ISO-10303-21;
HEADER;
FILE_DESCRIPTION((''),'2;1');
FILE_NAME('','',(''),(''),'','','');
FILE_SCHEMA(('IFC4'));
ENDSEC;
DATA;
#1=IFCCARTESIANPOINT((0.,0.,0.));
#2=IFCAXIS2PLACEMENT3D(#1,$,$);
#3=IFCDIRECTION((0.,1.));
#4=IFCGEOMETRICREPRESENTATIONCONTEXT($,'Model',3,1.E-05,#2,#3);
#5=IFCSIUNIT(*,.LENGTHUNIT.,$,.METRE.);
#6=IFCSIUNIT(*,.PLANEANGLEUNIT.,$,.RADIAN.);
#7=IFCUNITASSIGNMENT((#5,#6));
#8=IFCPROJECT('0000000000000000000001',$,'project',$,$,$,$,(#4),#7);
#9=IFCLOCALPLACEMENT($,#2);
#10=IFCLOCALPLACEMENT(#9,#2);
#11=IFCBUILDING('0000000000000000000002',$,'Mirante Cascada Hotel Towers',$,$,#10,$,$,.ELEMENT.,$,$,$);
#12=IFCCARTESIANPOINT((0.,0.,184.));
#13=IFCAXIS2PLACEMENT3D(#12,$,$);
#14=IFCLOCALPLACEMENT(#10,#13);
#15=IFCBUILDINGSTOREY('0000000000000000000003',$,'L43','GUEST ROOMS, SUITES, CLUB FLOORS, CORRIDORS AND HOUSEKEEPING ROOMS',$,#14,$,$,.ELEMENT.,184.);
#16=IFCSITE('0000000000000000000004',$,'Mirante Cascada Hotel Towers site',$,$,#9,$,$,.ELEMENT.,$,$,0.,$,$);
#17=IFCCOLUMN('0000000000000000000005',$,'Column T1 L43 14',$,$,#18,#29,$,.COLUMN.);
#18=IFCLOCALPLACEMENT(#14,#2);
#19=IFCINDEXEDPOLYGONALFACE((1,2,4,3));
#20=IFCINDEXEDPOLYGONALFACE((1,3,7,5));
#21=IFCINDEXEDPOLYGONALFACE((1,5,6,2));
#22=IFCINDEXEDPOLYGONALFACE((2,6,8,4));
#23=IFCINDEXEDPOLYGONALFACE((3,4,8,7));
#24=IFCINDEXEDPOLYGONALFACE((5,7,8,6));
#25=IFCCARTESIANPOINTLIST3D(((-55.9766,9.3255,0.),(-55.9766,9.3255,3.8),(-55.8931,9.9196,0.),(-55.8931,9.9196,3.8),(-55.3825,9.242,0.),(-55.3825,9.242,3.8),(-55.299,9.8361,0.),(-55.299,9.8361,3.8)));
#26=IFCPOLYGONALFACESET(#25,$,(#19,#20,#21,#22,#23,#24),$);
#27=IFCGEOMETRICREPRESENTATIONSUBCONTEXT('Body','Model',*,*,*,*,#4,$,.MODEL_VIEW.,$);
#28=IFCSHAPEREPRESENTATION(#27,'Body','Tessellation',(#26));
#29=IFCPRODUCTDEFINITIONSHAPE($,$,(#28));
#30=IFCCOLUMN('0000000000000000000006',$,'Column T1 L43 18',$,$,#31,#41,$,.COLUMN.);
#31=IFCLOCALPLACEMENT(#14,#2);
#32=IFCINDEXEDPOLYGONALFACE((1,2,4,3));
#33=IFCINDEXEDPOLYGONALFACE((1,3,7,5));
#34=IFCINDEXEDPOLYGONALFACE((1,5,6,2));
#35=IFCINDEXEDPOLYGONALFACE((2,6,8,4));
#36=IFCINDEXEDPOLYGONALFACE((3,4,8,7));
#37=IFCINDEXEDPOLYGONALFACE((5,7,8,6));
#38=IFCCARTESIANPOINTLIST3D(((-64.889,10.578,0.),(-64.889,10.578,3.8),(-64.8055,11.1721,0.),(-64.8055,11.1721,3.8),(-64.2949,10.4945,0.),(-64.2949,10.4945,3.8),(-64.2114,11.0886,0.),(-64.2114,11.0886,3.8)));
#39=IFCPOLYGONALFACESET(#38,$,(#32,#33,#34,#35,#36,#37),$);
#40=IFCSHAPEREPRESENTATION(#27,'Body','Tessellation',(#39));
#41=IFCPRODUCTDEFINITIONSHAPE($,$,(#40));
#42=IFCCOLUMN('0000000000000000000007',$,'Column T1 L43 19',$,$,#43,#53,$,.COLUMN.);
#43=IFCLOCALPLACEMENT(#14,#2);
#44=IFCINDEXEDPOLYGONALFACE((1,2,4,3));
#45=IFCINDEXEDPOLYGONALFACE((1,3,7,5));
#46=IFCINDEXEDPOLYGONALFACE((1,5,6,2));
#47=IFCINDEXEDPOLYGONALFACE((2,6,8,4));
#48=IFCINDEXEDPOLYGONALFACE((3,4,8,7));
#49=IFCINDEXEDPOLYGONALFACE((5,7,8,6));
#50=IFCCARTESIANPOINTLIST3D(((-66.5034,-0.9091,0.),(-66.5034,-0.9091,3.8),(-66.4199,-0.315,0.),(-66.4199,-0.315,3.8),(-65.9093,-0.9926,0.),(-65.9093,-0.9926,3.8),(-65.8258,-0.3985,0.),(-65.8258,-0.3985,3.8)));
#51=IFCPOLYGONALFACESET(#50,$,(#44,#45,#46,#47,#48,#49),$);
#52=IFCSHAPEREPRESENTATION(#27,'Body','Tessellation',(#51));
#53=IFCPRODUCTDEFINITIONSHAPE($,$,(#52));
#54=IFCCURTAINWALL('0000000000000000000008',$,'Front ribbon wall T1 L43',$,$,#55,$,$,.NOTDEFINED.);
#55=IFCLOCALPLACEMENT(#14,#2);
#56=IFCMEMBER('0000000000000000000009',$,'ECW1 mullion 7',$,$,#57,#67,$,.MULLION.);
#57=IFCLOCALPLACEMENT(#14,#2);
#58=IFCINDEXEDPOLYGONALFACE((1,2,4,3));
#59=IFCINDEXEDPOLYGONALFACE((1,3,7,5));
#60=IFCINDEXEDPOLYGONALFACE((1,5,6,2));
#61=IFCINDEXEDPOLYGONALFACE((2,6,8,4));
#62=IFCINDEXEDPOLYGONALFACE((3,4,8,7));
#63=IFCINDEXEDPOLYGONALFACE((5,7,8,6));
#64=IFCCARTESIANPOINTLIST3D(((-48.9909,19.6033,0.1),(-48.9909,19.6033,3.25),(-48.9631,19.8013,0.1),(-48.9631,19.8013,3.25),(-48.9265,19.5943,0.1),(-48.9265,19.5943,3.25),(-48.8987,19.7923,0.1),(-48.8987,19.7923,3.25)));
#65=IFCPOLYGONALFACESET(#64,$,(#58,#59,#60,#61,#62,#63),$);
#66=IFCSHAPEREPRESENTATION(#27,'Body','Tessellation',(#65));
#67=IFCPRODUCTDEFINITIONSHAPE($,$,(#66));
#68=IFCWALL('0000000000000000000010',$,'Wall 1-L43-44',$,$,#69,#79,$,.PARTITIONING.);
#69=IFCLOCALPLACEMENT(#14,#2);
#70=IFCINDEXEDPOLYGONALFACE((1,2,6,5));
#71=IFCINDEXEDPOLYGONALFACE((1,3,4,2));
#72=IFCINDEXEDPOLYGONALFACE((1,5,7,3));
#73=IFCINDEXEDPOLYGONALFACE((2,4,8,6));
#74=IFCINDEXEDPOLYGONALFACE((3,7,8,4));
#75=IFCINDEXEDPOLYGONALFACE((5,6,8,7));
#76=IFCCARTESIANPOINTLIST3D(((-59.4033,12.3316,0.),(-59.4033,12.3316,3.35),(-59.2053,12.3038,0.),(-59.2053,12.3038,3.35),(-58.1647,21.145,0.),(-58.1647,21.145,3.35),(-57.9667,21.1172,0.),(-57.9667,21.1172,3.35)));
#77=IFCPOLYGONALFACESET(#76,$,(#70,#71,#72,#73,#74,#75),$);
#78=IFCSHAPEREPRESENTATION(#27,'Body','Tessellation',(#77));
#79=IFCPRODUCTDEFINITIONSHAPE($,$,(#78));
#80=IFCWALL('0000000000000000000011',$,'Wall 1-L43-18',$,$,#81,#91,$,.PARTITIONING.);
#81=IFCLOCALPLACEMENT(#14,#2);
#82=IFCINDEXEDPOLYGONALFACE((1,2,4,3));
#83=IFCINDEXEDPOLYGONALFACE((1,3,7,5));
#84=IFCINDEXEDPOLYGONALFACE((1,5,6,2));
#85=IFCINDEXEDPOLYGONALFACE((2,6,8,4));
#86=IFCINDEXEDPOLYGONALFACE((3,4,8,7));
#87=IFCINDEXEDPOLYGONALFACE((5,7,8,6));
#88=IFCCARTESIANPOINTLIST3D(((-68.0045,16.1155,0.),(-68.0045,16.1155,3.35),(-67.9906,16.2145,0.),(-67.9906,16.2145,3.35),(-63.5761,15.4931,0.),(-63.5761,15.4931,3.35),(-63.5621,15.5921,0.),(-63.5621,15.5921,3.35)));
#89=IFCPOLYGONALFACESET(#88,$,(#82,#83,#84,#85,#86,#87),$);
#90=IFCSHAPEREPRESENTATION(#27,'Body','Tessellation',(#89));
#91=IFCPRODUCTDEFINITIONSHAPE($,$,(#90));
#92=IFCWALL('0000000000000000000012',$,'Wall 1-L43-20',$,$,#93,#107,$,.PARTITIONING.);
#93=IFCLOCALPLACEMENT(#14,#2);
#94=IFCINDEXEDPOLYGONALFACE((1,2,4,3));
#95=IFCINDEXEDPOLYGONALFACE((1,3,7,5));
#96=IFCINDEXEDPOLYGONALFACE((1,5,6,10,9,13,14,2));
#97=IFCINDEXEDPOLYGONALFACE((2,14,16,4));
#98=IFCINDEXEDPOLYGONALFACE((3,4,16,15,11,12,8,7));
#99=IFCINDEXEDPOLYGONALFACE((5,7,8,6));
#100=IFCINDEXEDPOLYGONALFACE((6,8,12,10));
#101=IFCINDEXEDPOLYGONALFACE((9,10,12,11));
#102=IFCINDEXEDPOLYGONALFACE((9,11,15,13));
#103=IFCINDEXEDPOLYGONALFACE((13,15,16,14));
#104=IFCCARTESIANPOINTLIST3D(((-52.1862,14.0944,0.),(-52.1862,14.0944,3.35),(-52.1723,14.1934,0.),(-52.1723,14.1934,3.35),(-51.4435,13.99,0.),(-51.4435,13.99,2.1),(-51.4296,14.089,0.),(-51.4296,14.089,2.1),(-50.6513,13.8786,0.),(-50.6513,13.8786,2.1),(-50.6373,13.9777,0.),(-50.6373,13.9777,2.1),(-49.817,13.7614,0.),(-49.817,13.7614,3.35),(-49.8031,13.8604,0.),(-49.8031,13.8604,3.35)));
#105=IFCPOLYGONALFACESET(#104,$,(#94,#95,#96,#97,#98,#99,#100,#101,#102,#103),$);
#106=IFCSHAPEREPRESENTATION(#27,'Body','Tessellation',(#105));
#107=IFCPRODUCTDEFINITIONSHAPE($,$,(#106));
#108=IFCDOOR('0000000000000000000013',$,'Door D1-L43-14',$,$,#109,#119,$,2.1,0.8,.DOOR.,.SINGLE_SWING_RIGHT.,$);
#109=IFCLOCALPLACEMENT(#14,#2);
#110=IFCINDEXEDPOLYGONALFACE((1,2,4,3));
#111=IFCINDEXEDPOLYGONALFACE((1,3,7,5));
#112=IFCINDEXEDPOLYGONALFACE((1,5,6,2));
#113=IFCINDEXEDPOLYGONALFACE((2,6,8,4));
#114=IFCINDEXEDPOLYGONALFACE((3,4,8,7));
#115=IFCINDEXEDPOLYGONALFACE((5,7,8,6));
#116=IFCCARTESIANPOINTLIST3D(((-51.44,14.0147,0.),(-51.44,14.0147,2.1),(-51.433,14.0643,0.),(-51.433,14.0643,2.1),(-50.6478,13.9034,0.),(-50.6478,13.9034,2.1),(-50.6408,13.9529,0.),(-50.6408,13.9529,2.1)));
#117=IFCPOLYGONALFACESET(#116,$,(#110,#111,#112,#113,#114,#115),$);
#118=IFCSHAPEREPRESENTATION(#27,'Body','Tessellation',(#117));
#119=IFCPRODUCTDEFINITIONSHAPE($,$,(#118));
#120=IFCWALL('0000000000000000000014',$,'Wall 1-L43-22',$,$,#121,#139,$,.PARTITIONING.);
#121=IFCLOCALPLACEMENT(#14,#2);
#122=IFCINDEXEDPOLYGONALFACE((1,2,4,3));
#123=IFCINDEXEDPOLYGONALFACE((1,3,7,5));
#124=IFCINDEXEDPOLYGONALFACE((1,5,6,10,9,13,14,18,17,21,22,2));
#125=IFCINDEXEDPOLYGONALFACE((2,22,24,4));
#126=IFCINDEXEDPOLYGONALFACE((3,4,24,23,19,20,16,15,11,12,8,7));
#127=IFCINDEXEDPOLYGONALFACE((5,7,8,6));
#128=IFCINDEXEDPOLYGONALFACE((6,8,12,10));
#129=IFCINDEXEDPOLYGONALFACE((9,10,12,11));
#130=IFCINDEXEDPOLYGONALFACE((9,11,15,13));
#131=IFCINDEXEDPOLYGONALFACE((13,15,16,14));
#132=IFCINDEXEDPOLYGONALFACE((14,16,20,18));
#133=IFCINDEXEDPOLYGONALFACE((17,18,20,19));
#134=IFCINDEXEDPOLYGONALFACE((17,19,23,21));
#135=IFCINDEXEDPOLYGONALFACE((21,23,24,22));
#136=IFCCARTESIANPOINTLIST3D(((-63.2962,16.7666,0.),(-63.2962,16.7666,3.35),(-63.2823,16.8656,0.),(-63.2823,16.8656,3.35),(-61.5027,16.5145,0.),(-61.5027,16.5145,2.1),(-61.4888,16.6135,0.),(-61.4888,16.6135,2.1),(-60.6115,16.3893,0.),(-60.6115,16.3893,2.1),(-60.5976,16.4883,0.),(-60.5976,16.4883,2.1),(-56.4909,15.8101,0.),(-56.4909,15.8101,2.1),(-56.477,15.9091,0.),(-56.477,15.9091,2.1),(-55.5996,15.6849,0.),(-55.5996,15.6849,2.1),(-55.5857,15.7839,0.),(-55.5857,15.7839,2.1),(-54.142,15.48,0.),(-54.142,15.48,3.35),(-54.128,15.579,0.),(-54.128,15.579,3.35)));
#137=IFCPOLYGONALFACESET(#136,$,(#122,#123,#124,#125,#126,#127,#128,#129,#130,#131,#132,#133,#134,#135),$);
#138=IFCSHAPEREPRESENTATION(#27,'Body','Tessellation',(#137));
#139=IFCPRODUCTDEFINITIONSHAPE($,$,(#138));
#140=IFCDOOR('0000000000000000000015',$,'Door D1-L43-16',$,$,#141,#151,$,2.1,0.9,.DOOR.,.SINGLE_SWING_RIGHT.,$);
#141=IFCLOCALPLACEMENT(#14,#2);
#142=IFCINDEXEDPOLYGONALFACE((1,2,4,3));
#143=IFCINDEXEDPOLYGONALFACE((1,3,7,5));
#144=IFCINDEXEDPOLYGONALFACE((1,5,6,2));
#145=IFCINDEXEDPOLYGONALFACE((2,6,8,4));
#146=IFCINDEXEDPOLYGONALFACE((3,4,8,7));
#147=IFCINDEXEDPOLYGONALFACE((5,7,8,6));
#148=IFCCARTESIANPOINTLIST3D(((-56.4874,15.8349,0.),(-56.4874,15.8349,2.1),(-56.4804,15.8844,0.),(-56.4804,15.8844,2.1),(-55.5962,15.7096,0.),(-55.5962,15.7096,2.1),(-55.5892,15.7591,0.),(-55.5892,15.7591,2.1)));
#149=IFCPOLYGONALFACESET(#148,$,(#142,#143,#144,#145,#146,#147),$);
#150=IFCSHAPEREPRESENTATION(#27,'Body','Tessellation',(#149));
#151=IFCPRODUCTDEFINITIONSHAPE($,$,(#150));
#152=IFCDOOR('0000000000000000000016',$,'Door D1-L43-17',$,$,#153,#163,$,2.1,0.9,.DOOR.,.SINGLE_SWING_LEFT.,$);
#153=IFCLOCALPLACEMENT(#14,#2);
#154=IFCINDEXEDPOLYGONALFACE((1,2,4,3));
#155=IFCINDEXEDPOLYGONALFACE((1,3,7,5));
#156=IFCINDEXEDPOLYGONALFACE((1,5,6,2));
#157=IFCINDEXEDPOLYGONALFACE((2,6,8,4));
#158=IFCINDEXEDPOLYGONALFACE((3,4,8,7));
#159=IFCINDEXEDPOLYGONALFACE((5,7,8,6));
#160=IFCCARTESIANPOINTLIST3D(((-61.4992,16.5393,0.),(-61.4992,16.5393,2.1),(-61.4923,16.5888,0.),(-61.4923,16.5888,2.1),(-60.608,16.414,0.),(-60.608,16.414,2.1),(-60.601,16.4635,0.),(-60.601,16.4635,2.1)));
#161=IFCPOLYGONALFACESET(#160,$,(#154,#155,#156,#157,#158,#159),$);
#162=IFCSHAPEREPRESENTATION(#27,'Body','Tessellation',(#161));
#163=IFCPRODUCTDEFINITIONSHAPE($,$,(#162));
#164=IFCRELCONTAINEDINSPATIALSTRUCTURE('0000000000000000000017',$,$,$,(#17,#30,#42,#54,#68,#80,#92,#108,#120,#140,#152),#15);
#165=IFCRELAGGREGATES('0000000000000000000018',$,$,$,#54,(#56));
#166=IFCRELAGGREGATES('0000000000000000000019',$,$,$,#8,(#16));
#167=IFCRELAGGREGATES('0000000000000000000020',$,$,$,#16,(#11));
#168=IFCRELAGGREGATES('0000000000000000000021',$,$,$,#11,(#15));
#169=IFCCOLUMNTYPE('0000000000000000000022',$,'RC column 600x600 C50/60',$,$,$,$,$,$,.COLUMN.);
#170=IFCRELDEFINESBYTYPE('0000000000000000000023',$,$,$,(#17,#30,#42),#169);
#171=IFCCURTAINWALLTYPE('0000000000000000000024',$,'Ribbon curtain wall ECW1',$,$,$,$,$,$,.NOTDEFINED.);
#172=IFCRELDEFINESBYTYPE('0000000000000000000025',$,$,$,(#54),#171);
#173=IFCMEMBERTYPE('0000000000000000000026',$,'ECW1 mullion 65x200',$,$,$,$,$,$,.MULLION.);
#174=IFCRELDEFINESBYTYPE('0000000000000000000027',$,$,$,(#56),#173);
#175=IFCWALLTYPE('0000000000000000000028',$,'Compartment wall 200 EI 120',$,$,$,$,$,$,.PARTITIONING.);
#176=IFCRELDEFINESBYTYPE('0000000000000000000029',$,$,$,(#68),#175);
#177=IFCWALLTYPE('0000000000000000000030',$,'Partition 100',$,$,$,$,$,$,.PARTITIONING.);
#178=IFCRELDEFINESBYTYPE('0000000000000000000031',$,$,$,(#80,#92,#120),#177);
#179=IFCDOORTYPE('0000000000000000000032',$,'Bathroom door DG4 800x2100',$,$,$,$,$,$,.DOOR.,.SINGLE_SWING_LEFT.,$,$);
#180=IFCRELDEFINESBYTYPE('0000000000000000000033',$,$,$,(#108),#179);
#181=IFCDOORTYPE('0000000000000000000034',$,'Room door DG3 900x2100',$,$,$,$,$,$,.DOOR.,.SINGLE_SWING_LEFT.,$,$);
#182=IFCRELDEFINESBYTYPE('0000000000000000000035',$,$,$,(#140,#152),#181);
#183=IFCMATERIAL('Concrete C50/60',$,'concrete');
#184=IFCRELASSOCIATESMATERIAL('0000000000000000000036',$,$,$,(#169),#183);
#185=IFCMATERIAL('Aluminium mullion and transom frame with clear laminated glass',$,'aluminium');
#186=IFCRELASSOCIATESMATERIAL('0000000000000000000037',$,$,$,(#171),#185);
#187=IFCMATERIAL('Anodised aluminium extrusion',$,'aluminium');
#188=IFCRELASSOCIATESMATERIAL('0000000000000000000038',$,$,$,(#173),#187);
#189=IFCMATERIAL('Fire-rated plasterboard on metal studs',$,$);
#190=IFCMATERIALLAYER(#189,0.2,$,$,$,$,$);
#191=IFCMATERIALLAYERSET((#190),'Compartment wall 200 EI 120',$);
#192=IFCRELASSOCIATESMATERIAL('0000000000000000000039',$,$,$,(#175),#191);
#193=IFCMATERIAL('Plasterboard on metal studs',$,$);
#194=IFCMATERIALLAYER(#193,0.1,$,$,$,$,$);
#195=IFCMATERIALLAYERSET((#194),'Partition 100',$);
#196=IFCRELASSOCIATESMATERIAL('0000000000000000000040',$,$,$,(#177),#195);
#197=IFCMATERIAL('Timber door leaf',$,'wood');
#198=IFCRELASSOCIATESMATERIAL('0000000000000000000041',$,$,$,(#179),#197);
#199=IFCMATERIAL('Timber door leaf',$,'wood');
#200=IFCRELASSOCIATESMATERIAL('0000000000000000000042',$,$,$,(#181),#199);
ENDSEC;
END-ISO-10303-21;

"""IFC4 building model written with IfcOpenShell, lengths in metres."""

from ifc_helpers import new_model, si_unit, direction, frame, frame_2d, origin, origin_2d, place, context, subcontext, project, spatial, rectangle, extrude, material, layer, layer_set, material_profile, profile_set, type_object, element, fill, aggregate, save


model = new_model("IFC4")

# Units and contexts
model_context = context("Model", 3, precision=1e-05, world=origin(), true_north=direction((0.0, 1.0)))
body_context = subcontext(model_context, "Body", "Model", "MODEL_VIEW")
ifc_project = project(units=[si_unit("LENGTHUNIT", "METRE"), si_unit("PLANEANGLEUNIT", "RADIAN")], contexts=[model_context])

# Site, building, storey
site_placement = place(None, origin())
site = spatial("IfcSite", under=ifc_project, at=site_placement, Name="Mirante Cascada Hotel Towers site", CompositionType="ELEMENT", RefElevation=0.0)
building_placement = place(site_placement, origin())
building = spatial("IfcBuilding", under=site, at=building_placement, Name="Mirante Cascada Hotel Towers", CompositionType="ELEMENT")
storey_placement = place(building_placement, frame((0.0, 0.0, 184.0)))
storey = spatial("IfcBuildingStorey", under=building, at=storey_placement, Name="L43", Description="GUEST ROOMS, SUITES, CLUB FLOORS, CORRIDORS AND HOUSEKEEPING ROOMS", CompositionType="ELEMENT", Elevation=184.0)

# Columns
ifc_material_1 = material(Name="Concrete C50/60", Category="concrete")
ifc_material_profile_1 = material_profile(ifc_material_1, rectangle(XDim=0.6, YDim=0.6, at=origin_2d()), Name="RC column 600x600 C50/60")
ifc_profile_set_1 = profile_set([ifc_material_profile_1], Name="Concrete C50/60")
column_type = type_object("IfcColumnType", Name="RC column 600x600 C50/60", PredefinedType="COLUMN", material=ifc_profile_set_1)
for number, where, z_axis, x_axis, name in (
    (1, (-55.6378, 9.5808, 0.0), (0.0, 0.0, 1.0), (-0.990268, 0.139173, 0.0), "Column T1 L43 14"),
    (2, (-64.5502, 10.8333, 0.0), (0.0, 0.0, 1.0), (-0.990268, 0.139173, 0.0), "Column T1 L43 18"),
    (3, (-66.1646, -0.6538, 0.0), (0.0, 0.0, 1.0), (-0.990268, 0.139173, 0.0), "Column T1 L43 19"),
):
    element("IfcColumn", number, at=place(storey_placement, frame(where, z_axis=z_axis, x_axis=x_axis)), inside=storey, type_object=column_type, Name=name, PredefinedType="COLUMN", context=body_context, shape_type="SweptSolid", body=[
        extrude(rectangle(XDim=0.6, YDim=0.6, at=origin_2d()), origin(), (0.0, 0.0, 1.0), 3.8),
    ])

# Curtain wall, member
ifc_material_2 = material(Name="Aluminium mullion and transom frame with clear laminated glass", Category="aluminium")
curtain_wall_type = type_object("IfcCurtainWallType", Name="Ribbon curtain wall ECW1", PredefinedType="NOTDEFINED", material=ifc_material_2)
curtain_wall_placement = place(storey_placement, origin())
curtain_wall = element("IfcCurtainWall", 4, at=curtain_wall_placement, inside=storey, type_object=curtain_wall_type, Name="Front ribbon wall T1 L43", PredefinedType="NOTDEFINED")
ifc_material_3 = material(Name="Anodised aluminium extrusion", Category="aluminium")
ifc_material_profile_2 = material_profile(ifc_material_3, rectangle(XDim=0.2, YDim=0.065, at=origin_2d()), Name="ECW1 MULLION 65x200")
ifc_profile_set_2 = profile_set([ifc_material_profile_2], Name="Anodised aluminium extrusion")
member_type = type_object("IfcMemberType", Name="ECW1 mullion 65x200", PredefinedType="MULLION", material=ifc_profile_set_2)
member_placement = place(storey_placement, frame((-48.9448, 19.6978, 0.1), z_axis=(0.0, 0.0, 1.0), x_axis=(0.139173, 0.990268, 0.0)))
member = element("IfcMember", 5, at=member_placement, type_object=member_type, Name="ECW1 mullion 7", PredefinedType="MULLION", context=body_context, shape_type="SweptSolid", body=[
    extrude(rectangle(XDim=0.2, YDim=0.065, at=origin_2d()), origin(), (0.0, 0.0, 1.0), 3.15),
])
aggregate(curtain_wall, [member])

# Walls
ifc_material_4 = material(Name="Fire-rated plasterboard on metal studs")
ifc_layer_1 = layer(ifc_material_4, 0.2)
ifc_layer_set_1 = layer_set([ifc_layer_1], Name="Compartment wall 200 EI 120")
wall_type_1 = type_object("IfcWallType", Name="Compartment wall 200 EI 120", PredefinedType="PARTITIONING", material=ifc_layer_set_1)
wall_1_placement = place(storey_placement, frame((-59.3043, 12.3177, 0.0), z_axis=(0.0, 0.0, 1.0), x_axis=(0.139168, 0.990269, 0.0)))
element("IfcWall", 6, at=wall_1_placement, inside=storey, type_object=wall_type_1, Name="Wall 1-L43-44", PredefinedType="PARTITIONING", context=body_context, shape_type="SweptSolid", body=[
    extrude(rectangle(XDim=8.9, YDim=0.2, at=frame_2d((4.45, 0.0))), origin(), (0.0, 0.0, 1.0), 3.35),
])
ifc_material_5 = material(Name="Plasterboard on metal studs")
ifc_layer_2 = layer(ifc_material_5, 0.1)
ifc_layer_set_2 = layer_set([ifc_layer_2], Name="Partition 100")
wall_type_2 = type_object("IfcWallType", Name="Partition 100", PredefinedType="PARTITIONING", material=ifc_layer_set_2)
wall_2_placement = place(storey_placement, frame((-63.5691, 15.5426, 0.0), z_axis=(0.0, 0.0, 1.0), x_axis=(-0.990268, 0.139176, 0.0)))
element("IfcWall", 7, at=wall_2_placement, inside=storey, type_object=wall_type_2, Name="Wall 1-L43-18", PredefinedType="PARTITIONING", context=body_context, shape_type="SweptSolid", body=[
    extrude(rectangle(XDim=4.472, YDim=0.1, at=frame_2d((2.236, 0.0))), origin(), (0.0, 0.0, 1.0), 3.35),
])

# Wall, opening, door
wall_3_placement = place(storey_placement, frame((-49.8101, 13.8109, 0.0), z_axis=(0.0, 0.0, 1.0), x_axis=(-0.990266, 0.139186, 0.0)))
wall_3 = element("IfcWall", 8, at=wall_3_placement, inside=storey, type_object=wall_type_2, Name="Wall 1-L43-20", PredefinedType="PARTITIONING", context=body_context, shape_type="SweptSolid", body=[
    extrude(rectangle(XDim=2.3925, YDim=0.1, at=frame_2d((1.1962, 0.0))), origin(), (0.0, 0.0, 1.0), 3.35),
])
opening_1_placement = place(wall_3_placement, frame((0.8424, 0.0, 0.0)))
opening_1 = element("IfcOpeningElement", 9, at=opening_1_placement, cuts=wall_3, PredefinedType="OPENING", context=body_context, shape_type="SweptSolid", body=[
    extrude(rectangle(XDim=0.8, YDim=2.1, at=frame_2d((0.4, 1.05))), frame((0.0, 0.05, 0.0), z_axis=(0.0, -1.0, 0.0), x_axis=(1.0, 0.0, 0.0)), (0.0, 0.0, 1.0), 0.1),
])
ifc_material_6 = material(Name="Timber door leaf", Category="wood")
door_type_1 = type_object("IfcDoorType", Name="Bathroom door DG4 800x2100", OperationType="SINGLE_SWING_LEFT", PredefinedType="DOOR", material=ifc_material_6)
door_1_placement = place(opening_1_placement, frame((0.8, 0.0, 0.0), z_axis=(0.0, 0.0, 1.0), x_axis=(-1.0, 0.0, 0.0)))
door_1 = element("IfcDoor", 10, at=door_1_placement, inside=storey, type_object=door_type_1, Name="Door D1-L43-14", OperationType="SINGLE_SWING_RIGHT", OverallHeight=2.1, OverallWidth=0.8, PredefinedType="DOOR", context=body_context, shape_type="SweptSolid", body=[
    extrude(rectangle(XDim=0.8, YDim=2.1, at=frame_2d((0.4, 1.05))), frame((0.0, 0.025, 0.0), z_axis=(0.0, -1.0, 0.0), x_axis=(1.0, 0.0, 0.0)), (0.0, 0.0, 1.0), 0.05),
])
fill(opening_1, door_1)

# Wall, openings, doors
wall_4_placement = place(storey_placement, frame((-54.135, 15.5295, 0.0), z_axis=(0.0, 0.0, 1.0), x_axis=(-0.990267, 0.13918, 0.0)))
wall_4 = element("IfcWall", 11, at=wall_4_placement, inside=storey, type_object=wall_type_2, Name="Wall 1-L43-22", PredefinedType="PARTITIONING", context=body_context, shape_type="SweptSolid", body=[
    extrude(rectangle(XDim=9.2442, YDim=0.1, at=frame_2d((4.6221, 0.0))), origin(), (0.0, 0.0, 1.0), 3.35),
])
opening_2_placement = place(wall_4_placement, frame((1.472, 0.0, 0.0)))
opening_2 = element("IfcOpeningElement", 12, at=opening_2_placement, cuts=wall_4, PredefinedType="OPENING", context=body_context, shape_type="SweptSolid", body=[
    extrude(rectangle(XDim=0.9, YDim=2.1, at=frame_2d((0.45, 1.05))), frame((0.0, 0.05, 0.0), z_axis=(0.0, -1.0, 0.0), x_axis=(1.0, 0.0, 0.0)), (0.0, 0.0, 1.0), 0.1),
])
opening_3_placement = place(wall_4_placement, frame((6.5331, 0.0, 0.0)))
opening_3 = element("IfcOpeningElement", 13, at=opening_3_placement, cuts=wall_4, PredefinedType="OPENING", context=body_context, shape_type="SweptSolid", body=[
    extrude(rectangle(XDim=0.9, YDim=2.1, at=frame_2d((0.45, 1.05))), frame((0.0, 0.05, 0.0), z_axis=(0.0, -1.0, 0.0), x_axis=(1.0, 0.0, 0.0)), (0.0, 0.0, 1.0), 0.1),
])
ifc_material_7 = material(Name="Timber door leaf", Category="wood")
door_type_2 = type_object("IfcDoorType", Name="Room door DG3 900x2100", OperationType="SINGLE_SWING_LEFT", PredefinedType="DOOR", material=ifc_material_7)
door_2_placement = place(opening_2_placement, frame((0.9, 0.0, 0.0), z_axis=(0.0, 0.0, 1.0), x_axis=(-1.0, 0.0, 0.0)))
door_2 = element("IfcDoor", 14, at=door_2_placement, inside=storey, type_object=door_type_2, Name="Door D1-L43-16", OperationType="SINGLE_SWING_RIGHT", OverallHeight=2.1, OverallWidth=0.9, PredefinedType="DOOR", context=body_context, shape_type="SweptSolid", body=[
    extrude(rectangle(XDim=0.9, YDim=2.1, at=frame_2d((0.45, 1.05))), frame((0.0, 0.025, 0.0), z_axis=(0.0, -1.0, 0.0), x_axis=(1.0, 0.0, 0.0)), (0.0, 0.0, 1.0), 0.05),
])
fill(opening_2, door_2)
door_3_placement = place(opening_3_placement, origin())
door_3 = element("IfcDoor", 15, at=door_3_placement, inside=storey, type_object=door_type_2, Name="Door D1-L43-17", OperationType="SINGLE_SWING_LEFT", OverallHeight=2.1, OverallWidth=0.9, PredefinedType="DOOR", context=body_context, shape_type="SweptSolid", body=[
    extrude(rectangle(XDim=0.9, YDim=2.1, at=frame_2d((0.45, 1.05))), frame((0.0, 0.025, 0.0), z_axis=(0.0, -1.0, 0.0), x_axis=(1.0, 0.0, 0.0)), (0.0, 0.0, 1.0), 0.05),
])
fill(opening_3, door_3)

save(model, "model.ifc")
